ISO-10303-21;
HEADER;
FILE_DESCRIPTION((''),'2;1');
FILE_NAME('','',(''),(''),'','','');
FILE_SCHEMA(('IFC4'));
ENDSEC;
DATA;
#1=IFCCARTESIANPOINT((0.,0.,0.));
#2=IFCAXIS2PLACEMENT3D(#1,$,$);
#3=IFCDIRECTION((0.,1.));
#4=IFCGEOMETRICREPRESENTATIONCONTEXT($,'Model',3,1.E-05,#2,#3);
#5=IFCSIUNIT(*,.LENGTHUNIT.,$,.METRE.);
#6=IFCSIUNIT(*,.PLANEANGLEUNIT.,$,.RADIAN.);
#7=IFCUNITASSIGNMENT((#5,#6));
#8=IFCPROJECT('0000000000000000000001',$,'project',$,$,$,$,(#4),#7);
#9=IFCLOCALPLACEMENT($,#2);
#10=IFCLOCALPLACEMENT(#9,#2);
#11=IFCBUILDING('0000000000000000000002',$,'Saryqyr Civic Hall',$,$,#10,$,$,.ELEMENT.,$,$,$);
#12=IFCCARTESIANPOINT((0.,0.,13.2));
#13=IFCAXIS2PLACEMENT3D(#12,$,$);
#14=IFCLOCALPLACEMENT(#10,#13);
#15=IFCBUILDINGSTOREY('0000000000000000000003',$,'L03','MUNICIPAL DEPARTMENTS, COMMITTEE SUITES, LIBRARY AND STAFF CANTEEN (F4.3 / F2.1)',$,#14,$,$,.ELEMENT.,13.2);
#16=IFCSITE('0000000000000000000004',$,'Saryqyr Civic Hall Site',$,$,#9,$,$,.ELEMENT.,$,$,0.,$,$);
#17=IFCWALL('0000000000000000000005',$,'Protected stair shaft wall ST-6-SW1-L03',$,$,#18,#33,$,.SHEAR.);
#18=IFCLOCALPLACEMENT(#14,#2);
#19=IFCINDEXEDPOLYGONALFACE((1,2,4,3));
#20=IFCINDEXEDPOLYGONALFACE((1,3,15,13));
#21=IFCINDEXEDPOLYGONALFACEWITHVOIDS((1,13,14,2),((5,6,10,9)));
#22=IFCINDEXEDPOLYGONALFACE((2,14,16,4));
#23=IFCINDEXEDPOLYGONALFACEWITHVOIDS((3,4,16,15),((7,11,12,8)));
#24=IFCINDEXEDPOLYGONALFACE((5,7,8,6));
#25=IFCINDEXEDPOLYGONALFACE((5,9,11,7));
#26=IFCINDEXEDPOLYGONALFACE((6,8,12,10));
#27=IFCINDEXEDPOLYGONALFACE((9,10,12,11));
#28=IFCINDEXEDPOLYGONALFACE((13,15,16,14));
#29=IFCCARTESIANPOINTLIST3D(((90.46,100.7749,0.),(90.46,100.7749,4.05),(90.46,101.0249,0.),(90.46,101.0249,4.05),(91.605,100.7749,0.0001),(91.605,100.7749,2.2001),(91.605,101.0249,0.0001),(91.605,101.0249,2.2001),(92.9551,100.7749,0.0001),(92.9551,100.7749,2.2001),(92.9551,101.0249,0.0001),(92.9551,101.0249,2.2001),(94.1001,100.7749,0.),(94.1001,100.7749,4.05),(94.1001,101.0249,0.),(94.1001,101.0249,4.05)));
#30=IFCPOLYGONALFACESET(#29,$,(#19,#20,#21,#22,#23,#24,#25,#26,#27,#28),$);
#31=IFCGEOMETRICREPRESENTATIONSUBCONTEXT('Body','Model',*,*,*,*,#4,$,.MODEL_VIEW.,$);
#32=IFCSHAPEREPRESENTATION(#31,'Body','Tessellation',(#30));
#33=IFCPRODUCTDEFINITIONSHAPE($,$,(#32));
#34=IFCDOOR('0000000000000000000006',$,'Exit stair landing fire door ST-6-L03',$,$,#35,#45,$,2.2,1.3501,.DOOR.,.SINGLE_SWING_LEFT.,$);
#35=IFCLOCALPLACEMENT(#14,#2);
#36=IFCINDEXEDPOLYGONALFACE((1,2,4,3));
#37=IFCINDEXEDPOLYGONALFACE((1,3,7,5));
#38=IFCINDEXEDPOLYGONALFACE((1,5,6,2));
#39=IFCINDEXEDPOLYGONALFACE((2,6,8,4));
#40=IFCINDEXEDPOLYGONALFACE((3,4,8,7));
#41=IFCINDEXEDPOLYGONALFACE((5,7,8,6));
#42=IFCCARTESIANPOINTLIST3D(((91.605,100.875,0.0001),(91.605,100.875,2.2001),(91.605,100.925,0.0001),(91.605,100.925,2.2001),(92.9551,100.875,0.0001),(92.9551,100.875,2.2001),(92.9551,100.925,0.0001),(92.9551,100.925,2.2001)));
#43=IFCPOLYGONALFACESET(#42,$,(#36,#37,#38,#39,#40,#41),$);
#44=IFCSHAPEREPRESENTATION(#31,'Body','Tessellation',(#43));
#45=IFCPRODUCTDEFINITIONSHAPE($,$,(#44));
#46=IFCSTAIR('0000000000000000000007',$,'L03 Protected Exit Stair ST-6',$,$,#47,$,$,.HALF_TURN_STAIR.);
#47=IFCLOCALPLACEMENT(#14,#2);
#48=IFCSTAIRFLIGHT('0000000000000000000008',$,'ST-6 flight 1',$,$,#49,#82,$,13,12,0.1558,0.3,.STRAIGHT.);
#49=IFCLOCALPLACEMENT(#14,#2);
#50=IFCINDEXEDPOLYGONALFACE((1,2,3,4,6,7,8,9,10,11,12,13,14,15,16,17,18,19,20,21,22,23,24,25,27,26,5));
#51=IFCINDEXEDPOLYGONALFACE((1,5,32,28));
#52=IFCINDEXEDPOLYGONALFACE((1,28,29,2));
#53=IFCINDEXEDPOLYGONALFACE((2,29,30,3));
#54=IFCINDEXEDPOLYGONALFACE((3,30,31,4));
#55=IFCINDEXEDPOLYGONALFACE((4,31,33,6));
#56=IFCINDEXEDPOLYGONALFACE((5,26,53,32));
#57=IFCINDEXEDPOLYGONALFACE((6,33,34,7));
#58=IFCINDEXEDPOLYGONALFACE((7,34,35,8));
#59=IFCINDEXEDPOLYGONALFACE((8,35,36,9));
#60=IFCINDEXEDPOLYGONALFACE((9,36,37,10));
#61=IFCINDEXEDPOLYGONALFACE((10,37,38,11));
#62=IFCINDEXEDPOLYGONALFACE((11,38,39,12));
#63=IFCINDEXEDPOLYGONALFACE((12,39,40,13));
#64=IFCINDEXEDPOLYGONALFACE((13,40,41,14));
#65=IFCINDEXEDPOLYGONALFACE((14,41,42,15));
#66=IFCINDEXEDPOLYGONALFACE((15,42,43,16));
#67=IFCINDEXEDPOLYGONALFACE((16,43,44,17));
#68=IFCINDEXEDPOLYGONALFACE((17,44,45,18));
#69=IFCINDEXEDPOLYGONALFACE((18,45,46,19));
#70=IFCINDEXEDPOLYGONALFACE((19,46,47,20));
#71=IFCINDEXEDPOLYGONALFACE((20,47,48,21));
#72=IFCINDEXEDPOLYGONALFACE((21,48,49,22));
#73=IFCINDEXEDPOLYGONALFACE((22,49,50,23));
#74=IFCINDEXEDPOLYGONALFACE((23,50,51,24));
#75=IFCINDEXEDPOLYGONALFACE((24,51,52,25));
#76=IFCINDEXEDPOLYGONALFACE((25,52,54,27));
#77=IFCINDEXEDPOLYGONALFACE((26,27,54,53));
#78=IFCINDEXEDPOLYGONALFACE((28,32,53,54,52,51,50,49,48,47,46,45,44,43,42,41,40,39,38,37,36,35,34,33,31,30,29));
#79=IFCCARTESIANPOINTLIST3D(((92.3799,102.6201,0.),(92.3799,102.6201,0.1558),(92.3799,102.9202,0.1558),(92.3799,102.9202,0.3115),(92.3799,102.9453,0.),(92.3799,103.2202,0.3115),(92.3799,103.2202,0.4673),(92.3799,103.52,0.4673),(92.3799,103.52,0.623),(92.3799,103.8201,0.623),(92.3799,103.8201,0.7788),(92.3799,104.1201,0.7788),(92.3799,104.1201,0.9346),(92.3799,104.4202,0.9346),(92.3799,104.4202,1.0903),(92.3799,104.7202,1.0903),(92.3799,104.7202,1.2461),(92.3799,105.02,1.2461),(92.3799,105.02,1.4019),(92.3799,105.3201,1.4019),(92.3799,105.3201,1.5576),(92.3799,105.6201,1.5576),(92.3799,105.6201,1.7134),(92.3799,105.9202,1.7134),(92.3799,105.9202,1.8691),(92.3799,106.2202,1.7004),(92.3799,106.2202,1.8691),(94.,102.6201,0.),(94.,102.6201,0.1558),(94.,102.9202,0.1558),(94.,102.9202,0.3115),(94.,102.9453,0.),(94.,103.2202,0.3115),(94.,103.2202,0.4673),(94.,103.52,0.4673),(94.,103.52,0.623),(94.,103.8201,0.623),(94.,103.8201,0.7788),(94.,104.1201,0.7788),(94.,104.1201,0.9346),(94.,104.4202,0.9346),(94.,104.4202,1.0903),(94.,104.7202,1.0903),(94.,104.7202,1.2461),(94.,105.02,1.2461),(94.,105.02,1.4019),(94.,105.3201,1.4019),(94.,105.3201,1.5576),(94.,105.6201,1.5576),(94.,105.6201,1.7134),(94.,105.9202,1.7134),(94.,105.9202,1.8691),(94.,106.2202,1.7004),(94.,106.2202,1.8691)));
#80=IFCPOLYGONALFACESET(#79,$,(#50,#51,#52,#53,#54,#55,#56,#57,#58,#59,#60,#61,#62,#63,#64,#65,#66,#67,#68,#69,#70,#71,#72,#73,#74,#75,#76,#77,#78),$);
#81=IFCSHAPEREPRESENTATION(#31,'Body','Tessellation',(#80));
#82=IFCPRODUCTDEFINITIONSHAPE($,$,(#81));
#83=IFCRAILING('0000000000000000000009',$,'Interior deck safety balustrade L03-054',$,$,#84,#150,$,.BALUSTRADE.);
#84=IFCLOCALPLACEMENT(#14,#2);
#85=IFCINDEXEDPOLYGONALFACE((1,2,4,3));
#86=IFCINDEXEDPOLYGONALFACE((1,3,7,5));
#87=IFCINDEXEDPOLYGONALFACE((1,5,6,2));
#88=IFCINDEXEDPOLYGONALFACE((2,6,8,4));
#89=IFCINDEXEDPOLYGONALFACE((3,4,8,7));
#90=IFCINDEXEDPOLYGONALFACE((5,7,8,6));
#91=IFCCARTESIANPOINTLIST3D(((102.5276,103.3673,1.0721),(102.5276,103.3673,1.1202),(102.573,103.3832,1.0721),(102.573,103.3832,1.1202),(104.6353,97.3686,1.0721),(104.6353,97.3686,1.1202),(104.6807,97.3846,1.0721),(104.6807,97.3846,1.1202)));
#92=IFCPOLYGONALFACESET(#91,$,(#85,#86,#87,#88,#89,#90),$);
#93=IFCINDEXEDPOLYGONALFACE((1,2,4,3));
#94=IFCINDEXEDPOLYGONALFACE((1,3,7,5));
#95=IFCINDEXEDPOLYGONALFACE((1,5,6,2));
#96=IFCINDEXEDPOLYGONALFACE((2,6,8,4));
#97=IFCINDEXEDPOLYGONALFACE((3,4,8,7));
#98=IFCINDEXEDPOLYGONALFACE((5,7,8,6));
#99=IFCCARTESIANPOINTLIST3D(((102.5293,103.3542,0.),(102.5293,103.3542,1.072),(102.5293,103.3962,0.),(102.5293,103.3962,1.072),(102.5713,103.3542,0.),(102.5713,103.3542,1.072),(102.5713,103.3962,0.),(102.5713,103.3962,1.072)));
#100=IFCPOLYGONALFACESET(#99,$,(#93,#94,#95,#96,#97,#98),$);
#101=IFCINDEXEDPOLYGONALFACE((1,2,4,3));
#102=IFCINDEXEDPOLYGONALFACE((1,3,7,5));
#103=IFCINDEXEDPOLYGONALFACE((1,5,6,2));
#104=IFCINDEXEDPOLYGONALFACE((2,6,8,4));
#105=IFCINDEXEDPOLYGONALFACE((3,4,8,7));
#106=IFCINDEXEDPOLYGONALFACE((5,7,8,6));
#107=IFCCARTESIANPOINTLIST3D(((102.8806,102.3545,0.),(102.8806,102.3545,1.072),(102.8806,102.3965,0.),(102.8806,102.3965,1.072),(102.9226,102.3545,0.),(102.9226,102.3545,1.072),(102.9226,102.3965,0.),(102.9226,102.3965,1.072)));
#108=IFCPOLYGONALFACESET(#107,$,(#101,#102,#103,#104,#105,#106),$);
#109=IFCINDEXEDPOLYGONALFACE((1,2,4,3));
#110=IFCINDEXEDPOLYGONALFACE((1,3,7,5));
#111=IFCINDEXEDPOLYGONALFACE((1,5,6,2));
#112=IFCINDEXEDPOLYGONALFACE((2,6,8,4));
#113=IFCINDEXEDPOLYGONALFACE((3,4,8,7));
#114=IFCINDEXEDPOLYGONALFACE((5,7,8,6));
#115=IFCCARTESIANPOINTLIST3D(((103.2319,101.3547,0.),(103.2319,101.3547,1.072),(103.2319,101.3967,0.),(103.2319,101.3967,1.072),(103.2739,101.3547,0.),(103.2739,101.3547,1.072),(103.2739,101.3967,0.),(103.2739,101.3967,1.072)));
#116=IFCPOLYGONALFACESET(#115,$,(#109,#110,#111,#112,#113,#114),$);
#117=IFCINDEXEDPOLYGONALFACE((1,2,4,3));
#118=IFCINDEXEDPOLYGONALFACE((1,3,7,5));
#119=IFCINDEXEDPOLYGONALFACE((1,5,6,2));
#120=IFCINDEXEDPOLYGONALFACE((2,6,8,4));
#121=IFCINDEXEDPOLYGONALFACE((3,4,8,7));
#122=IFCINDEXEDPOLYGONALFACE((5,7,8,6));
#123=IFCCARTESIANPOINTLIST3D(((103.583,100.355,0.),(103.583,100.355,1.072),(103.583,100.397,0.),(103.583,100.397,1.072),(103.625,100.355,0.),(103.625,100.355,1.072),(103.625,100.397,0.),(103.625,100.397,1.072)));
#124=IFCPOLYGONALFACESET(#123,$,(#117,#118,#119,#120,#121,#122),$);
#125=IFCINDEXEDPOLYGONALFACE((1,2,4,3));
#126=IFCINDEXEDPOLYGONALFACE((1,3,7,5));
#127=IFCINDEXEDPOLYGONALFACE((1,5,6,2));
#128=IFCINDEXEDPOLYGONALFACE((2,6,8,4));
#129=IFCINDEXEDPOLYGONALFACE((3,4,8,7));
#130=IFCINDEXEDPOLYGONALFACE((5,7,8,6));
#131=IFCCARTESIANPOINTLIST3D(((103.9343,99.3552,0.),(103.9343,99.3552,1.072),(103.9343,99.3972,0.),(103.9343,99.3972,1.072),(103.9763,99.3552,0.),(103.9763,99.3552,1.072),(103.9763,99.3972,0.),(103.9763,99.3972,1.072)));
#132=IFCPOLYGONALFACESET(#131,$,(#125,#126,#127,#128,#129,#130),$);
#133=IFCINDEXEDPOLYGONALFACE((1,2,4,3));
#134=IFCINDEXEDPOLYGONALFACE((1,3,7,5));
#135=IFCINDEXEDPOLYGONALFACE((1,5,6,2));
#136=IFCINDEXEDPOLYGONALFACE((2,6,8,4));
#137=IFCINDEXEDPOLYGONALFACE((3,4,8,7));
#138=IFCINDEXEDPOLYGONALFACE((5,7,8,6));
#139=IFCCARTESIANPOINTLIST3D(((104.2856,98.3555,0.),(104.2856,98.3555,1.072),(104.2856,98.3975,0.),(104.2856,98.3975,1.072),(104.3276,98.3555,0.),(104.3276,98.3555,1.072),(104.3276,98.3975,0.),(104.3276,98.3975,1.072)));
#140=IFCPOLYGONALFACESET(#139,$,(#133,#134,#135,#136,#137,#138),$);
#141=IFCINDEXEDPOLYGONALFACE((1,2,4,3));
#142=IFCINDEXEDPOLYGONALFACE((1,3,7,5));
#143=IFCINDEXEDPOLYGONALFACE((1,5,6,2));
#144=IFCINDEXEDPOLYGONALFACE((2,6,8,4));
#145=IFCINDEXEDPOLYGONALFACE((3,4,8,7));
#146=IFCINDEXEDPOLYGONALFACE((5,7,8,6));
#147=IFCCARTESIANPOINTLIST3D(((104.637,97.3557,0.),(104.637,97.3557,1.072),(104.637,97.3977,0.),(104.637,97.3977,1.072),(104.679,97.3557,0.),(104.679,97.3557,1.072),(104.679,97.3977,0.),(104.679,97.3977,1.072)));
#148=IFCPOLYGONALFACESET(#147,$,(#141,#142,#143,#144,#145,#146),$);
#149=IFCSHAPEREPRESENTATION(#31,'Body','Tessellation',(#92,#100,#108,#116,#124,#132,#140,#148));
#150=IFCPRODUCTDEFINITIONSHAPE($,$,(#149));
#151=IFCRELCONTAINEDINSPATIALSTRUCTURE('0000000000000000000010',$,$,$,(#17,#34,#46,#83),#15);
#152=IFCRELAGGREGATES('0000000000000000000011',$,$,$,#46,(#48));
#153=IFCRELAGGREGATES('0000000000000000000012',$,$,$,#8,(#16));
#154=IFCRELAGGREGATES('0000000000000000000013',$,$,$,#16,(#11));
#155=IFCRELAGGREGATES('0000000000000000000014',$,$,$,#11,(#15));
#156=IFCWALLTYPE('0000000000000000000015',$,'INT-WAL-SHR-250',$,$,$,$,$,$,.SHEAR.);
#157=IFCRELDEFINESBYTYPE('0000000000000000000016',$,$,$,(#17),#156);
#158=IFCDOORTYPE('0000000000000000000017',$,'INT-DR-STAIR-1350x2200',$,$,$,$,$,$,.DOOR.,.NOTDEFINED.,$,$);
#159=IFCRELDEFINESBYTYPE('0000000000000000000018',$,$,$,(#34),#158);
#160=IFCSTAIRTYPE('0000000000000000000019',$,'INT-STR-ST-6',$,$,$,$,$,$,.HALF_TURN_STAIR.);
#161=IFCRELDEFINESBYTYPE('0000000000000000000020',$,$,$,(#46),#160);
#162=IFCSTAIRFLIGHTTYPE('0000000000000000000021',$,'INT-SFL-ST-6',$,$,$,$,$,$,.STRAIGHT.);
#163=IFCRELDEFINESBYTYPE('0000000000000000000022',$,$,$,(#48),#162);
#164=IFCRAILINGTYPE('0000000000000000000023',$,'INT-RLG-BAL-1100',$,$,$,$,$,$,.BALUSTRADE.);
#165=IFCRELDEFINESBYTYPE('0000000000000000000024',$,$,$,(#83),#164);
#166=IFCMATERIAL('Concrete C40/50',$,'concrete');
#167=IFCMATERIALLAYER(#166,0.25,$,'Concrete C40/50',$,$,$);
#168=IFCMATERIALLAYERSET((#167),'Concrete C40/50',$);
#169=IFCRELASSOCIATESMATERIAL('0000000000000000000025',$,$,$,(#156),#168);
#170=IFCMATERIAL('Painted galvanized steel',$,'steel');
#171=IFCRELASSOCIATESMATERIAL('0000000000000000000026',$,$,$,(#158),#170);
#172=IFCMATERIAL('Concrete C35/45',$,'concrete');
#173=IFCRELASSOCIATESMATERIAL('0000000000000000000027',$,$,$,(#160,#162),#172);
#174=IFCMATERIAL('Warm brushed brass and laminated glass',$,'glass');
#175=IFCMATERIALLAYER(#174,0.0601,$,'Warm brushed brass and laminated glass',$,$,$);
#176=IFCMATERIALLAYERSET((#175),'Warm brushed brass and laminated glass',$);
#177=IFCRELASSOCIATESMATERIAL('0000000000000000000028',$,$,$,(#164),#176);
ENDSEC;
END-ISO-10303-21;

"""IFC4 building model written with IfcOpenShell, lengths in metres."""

from ifc_helpers import new_model, si_unit, direction, frame, frame_2d, origin, origin_2d, place, context, subcontext, project, spatial, polyline, rectangle, outline, extrude, material, layer, layer_set, type_object, element, fill, aggregate, save


model = new_model("IFC4")

# Units and contexts
model_context = context("Model", 3, precision=1e-05, world=origin(), true_north=direction((0.0, 1.0)))
body_context = subcontext(model_context, "Body", "Model", "MODEL_VIEW")
ifc_project = project(units=[si_unit("LENGTHUNIT", "METRE"), si_unit("PLANEANGLEUNIT", "RADIAN")], contexts=[model_context])

# Site, building, storey
site_placement = place(None, origin())
site = spatial("IfcSite", under=ifc_project, at=site_placement, Name="Saryqyr Civic Hall Site", CompositionType="ELEMENT", RefElevation=0.0)
building_placement = place(site_placement, origin())
building = spatial("IfcBuilding", under=site, at=building_placement, Name="Saryqyr Civic Hall", CompositionType="ELEMENT")
storey_placement = place(building_placement, frame((0.0, 0.0, 13.2)))
storey = spatial("IfcBuildingStorey", under=building, at=storey_placement, Name="L03", Description="MUNICIPAL DEPARTMENTS, COMMITTEE SUITES, LIBRARY AND STAFF CANTEEN (F4.3 / F2.1)", CompositionType="ELEMENT", Elevation=13.2)

# Shared definitions
ifc_material_1 = material(Name="Concrete C40/50", Category="concrete")

# Shared definitions
ifc_material_2 = material(Name="Concrete C35/45", Category="concrete")

# Wall, opening, door
ifc_layer_1 = layer(ifc_material_1, 0.25, Name="Concrete C40/50")
ifc_layer_set_1 = layer_set([ifc_layer_1], Name="Concrete C40/50")
wall_type_1 = type_object("IfcWallType", Name="INT-WAL-SHR-250", PredefinedType="SHEAR", material=ifc_layer_set_1)
wall_1_placement = place(storey_placement, frame((94.1001, 100.8999, 0.0), z_axis=(0.0, 0.0, 1.0), x_axis=(-1.0, 0.0, 0.0)))
wall_1 = element("IfcWall", 1, at=wall_1_placement, inside=storey, type_object=wall_type_1, Name="Protected stair shaft wall ST-6-SW1-L03", PredefinedType="SHEAR", context=body_context, shape_type="SweptSolid", body=[
    extrude(rectangle(XDim=3.6401, YDim=0.25, at=frame_2d((1.8201, 0.0))), origin(), (0.0, 0.0, 1.0), 4.05),
])
opening_1_placement = place(wall_1_placement, frame((1.145, 0.0, 0.0)))
opening_1 = element("IfcOpeningElement", 2, at=opening_1_placement, cuts=wall_1, PredefinedType="OPENING", context=body_context, shape_type="SweptSolid", body=[
    extrude(rectangle(XDim=1.3501, YDim=2.2, at=frame_2d((0.675, 1.1001))), frame((0.0, 0.135, 0.0), z_axis=(0.0, -1.0, 0.0), x_axis=(1.0, 0.0, 0.0)), (0.0, 0.0, 1.0), 0.27),
])
ifc_material_3 = material(Name="Painted galvanized steel", Category="steel")
door_type_1 = type_object("IfcDoorType", Name="INT-DR-STAIR-1350x2200", OperationType="NOTDEFINED", PredefinedType="DOOR", material=ifc_material_3)
door_1_placement = place(opening_1_placement, origin())
door_1 = element("IfcDoor", 3, at=door_1_placement, inside=storey, type_object=door_type_1, Name="Exit stair landing fire door ST-6-L03", OperationType="SINGLE_SWING_LEFT", OverallHeight=2.2, OverallWidth=1.3501, PredefinedType="DOOR", context=body_context, shape_type="SweptSolid", body=[
    extrude(rectangle(XDim=1.3501, YDim=2.2, at=frame_2d((0.675, 1.1001))), frame((0.0, 0.0249, 0.0), z_axis=(0.0, -1.0, 0.0), x_axis=(1.0, 0.0, 0.0)), (0.0, 0.0, 1.0), 0.05),
])
fill(opening_1, door_1)

# Stair, stair flight
stair_type = type_object("IfcStairType", Name="INT-STR-ST-6", PredefinedType="HALF_TURN_STAIR", material=ifc_material_2)
stair_placement = place(storey_placement, origin())
stair = element("IfcStair", 4, at=stair_placement, inside=storey, type_object=stair_type, Name="L03 Protected Exit Stair ST-6", PredefinedType="HALF_TURN_STAIR")
stair_flight_type = type_object("IfcStairFlightType", Name="INT-SFL-ST-6", PredefinedType="STRAIGHT", material=ifc_material_2)
stair_flight_placement = place(storey_placement, frame((93.1899, 102.6201, 0.0), z_axis=(0.0, 0.0, 1.0), x_axis=(0.0, 1.0, 0.0)))
stair_flight = element("IfcStairFlight", 5, at=stair_flight_placement, type_object=stair_flight_type, Name="ST-6 flight 1", NumberOfRisers=13, NumberOfTreads=12, PredefinedType="STRAIGHT", RiserHeight=0.1558, TreadLength=0.3, context=body_context, shape_type="SweptSolid", body=[
    extrude(outline(polyline([(0.0, 0.0), (0.0, 0.1558), (0.3, 0.1558), (0.3, 0.3115), (0.6001, 0.3115), (0.6001, 0.4673), (0.8999, 0.4673), (0.8999, 0.623), (1.2, 0.623), (1.2, 0.7788), (1.5, 0.7788), (1.5, 0.9346), (1.8, 0.9346), (1.8, 1.0903), (2.1001, 1.0903), (2.1001, 1.2461), (2.3999, 1.2461), (2.3999, 1.4019), (2.7, 1.4019), (2.7, 1.5576), (3.0, 1.5576), (3.0, 1.7134), (3.3, 1.7134), (3.3, 1.8691), (3.6001, 1.8691), (3.6001, 2.0249), (3.6001, 1.7004), (0.3252, 0.0), (0.0, 0.0)])), frame((0.0, 0.8101, 0.0), z_axis=(0.0, -1.0, 0.0), x_axis=(1.0, 0.0, 0.0)), (0.0, 0.0, 1.0), 1.6201),
])
aggregate(stair, [stair_flight])

# Railing
ifc_material_4 = material(Name="Warm brushed brass and laminated glass", Category="glass")
ifc_layer_2 = layer(ifc_material_4, 0.0601, Name="Warm brushed brass and laminated glass")
ifc_layer_set_2 = layer_set([ifc_layer_2], Name="Warm brushed brass and laminated glass")
railing_type_1 = type_object("IfcRailingType", Name="INT-RLG-BAL-1100", PredefinedType="BALUSTRADE", material=ifc_layer_set_2)
railing_1_placement = place(storey_placement, frame((102.5503, 103.3752, 0.0)))
element("IfcRailing", 6, at=railing_1_placement, inside=storey, type_object=railing_type_1, Name="Interior deck safety balustrade L03-054", PredefinedType="BALUSTRADE", context=body_context, shape_type="SweptSolid", body=[
    extrude(rectangle(XDim=0.0481, YDim=0.0481, at=origin_2d()), frame((0.0, 0.0, 1.0962), z_axis=(0.331496, -0.943457, 0.0), x_axis=(0.943457, 0.331496, 0.0)), (0.0, 0.0, 1.0), 6.3582),
    extrude(rectangle(XDim=0.042, YDim=0.042, at=origin_2d()), origin(), (0.0, 0.0, 1.0), 1.072),
    extrude(rectangle(XDim=0.042, YDim=0.042, at=origin_2d()), frame((0.3513, -0.9998, 0.0)), (0.0, 0.0, 1.0), 1.072),
    extrude(rectangle(XDim=0.042, YDim=0.042, at=origin_2d()), frame((0.7026, -1.9995, 0.0)), (0.0, 0.0, 1.0), 1.072),
    extrude(rectangle(XDim=0.042, YDim=0.042, at=origin_2d()), frame((1.0537, -2.9993, 0.0)), (0.0, 0.0, 1.0), 1.072),
    extrude(rectangle(XDim=0.042, YDim=0.042, at=origin_2d()), frame((1.405, -3.999, 0.0)), (0.0, 0.0, 1.0), 1.072),
    extrude(rectangle(XDim=0.042, YDim=0.042, at=origin_2d()), frame((1.7563, -4.9988, 0.0)), (0.0, 0.0, 1.0), 1.072),
    extrude(rectangle(XDim=0.042, YDim=0.042, at=origin_2d()), frame((2.1077, -5.9985, 0.0)), (0.0, 0.0, 1.0), 1.072),
])

save(model, "model.ifc")
